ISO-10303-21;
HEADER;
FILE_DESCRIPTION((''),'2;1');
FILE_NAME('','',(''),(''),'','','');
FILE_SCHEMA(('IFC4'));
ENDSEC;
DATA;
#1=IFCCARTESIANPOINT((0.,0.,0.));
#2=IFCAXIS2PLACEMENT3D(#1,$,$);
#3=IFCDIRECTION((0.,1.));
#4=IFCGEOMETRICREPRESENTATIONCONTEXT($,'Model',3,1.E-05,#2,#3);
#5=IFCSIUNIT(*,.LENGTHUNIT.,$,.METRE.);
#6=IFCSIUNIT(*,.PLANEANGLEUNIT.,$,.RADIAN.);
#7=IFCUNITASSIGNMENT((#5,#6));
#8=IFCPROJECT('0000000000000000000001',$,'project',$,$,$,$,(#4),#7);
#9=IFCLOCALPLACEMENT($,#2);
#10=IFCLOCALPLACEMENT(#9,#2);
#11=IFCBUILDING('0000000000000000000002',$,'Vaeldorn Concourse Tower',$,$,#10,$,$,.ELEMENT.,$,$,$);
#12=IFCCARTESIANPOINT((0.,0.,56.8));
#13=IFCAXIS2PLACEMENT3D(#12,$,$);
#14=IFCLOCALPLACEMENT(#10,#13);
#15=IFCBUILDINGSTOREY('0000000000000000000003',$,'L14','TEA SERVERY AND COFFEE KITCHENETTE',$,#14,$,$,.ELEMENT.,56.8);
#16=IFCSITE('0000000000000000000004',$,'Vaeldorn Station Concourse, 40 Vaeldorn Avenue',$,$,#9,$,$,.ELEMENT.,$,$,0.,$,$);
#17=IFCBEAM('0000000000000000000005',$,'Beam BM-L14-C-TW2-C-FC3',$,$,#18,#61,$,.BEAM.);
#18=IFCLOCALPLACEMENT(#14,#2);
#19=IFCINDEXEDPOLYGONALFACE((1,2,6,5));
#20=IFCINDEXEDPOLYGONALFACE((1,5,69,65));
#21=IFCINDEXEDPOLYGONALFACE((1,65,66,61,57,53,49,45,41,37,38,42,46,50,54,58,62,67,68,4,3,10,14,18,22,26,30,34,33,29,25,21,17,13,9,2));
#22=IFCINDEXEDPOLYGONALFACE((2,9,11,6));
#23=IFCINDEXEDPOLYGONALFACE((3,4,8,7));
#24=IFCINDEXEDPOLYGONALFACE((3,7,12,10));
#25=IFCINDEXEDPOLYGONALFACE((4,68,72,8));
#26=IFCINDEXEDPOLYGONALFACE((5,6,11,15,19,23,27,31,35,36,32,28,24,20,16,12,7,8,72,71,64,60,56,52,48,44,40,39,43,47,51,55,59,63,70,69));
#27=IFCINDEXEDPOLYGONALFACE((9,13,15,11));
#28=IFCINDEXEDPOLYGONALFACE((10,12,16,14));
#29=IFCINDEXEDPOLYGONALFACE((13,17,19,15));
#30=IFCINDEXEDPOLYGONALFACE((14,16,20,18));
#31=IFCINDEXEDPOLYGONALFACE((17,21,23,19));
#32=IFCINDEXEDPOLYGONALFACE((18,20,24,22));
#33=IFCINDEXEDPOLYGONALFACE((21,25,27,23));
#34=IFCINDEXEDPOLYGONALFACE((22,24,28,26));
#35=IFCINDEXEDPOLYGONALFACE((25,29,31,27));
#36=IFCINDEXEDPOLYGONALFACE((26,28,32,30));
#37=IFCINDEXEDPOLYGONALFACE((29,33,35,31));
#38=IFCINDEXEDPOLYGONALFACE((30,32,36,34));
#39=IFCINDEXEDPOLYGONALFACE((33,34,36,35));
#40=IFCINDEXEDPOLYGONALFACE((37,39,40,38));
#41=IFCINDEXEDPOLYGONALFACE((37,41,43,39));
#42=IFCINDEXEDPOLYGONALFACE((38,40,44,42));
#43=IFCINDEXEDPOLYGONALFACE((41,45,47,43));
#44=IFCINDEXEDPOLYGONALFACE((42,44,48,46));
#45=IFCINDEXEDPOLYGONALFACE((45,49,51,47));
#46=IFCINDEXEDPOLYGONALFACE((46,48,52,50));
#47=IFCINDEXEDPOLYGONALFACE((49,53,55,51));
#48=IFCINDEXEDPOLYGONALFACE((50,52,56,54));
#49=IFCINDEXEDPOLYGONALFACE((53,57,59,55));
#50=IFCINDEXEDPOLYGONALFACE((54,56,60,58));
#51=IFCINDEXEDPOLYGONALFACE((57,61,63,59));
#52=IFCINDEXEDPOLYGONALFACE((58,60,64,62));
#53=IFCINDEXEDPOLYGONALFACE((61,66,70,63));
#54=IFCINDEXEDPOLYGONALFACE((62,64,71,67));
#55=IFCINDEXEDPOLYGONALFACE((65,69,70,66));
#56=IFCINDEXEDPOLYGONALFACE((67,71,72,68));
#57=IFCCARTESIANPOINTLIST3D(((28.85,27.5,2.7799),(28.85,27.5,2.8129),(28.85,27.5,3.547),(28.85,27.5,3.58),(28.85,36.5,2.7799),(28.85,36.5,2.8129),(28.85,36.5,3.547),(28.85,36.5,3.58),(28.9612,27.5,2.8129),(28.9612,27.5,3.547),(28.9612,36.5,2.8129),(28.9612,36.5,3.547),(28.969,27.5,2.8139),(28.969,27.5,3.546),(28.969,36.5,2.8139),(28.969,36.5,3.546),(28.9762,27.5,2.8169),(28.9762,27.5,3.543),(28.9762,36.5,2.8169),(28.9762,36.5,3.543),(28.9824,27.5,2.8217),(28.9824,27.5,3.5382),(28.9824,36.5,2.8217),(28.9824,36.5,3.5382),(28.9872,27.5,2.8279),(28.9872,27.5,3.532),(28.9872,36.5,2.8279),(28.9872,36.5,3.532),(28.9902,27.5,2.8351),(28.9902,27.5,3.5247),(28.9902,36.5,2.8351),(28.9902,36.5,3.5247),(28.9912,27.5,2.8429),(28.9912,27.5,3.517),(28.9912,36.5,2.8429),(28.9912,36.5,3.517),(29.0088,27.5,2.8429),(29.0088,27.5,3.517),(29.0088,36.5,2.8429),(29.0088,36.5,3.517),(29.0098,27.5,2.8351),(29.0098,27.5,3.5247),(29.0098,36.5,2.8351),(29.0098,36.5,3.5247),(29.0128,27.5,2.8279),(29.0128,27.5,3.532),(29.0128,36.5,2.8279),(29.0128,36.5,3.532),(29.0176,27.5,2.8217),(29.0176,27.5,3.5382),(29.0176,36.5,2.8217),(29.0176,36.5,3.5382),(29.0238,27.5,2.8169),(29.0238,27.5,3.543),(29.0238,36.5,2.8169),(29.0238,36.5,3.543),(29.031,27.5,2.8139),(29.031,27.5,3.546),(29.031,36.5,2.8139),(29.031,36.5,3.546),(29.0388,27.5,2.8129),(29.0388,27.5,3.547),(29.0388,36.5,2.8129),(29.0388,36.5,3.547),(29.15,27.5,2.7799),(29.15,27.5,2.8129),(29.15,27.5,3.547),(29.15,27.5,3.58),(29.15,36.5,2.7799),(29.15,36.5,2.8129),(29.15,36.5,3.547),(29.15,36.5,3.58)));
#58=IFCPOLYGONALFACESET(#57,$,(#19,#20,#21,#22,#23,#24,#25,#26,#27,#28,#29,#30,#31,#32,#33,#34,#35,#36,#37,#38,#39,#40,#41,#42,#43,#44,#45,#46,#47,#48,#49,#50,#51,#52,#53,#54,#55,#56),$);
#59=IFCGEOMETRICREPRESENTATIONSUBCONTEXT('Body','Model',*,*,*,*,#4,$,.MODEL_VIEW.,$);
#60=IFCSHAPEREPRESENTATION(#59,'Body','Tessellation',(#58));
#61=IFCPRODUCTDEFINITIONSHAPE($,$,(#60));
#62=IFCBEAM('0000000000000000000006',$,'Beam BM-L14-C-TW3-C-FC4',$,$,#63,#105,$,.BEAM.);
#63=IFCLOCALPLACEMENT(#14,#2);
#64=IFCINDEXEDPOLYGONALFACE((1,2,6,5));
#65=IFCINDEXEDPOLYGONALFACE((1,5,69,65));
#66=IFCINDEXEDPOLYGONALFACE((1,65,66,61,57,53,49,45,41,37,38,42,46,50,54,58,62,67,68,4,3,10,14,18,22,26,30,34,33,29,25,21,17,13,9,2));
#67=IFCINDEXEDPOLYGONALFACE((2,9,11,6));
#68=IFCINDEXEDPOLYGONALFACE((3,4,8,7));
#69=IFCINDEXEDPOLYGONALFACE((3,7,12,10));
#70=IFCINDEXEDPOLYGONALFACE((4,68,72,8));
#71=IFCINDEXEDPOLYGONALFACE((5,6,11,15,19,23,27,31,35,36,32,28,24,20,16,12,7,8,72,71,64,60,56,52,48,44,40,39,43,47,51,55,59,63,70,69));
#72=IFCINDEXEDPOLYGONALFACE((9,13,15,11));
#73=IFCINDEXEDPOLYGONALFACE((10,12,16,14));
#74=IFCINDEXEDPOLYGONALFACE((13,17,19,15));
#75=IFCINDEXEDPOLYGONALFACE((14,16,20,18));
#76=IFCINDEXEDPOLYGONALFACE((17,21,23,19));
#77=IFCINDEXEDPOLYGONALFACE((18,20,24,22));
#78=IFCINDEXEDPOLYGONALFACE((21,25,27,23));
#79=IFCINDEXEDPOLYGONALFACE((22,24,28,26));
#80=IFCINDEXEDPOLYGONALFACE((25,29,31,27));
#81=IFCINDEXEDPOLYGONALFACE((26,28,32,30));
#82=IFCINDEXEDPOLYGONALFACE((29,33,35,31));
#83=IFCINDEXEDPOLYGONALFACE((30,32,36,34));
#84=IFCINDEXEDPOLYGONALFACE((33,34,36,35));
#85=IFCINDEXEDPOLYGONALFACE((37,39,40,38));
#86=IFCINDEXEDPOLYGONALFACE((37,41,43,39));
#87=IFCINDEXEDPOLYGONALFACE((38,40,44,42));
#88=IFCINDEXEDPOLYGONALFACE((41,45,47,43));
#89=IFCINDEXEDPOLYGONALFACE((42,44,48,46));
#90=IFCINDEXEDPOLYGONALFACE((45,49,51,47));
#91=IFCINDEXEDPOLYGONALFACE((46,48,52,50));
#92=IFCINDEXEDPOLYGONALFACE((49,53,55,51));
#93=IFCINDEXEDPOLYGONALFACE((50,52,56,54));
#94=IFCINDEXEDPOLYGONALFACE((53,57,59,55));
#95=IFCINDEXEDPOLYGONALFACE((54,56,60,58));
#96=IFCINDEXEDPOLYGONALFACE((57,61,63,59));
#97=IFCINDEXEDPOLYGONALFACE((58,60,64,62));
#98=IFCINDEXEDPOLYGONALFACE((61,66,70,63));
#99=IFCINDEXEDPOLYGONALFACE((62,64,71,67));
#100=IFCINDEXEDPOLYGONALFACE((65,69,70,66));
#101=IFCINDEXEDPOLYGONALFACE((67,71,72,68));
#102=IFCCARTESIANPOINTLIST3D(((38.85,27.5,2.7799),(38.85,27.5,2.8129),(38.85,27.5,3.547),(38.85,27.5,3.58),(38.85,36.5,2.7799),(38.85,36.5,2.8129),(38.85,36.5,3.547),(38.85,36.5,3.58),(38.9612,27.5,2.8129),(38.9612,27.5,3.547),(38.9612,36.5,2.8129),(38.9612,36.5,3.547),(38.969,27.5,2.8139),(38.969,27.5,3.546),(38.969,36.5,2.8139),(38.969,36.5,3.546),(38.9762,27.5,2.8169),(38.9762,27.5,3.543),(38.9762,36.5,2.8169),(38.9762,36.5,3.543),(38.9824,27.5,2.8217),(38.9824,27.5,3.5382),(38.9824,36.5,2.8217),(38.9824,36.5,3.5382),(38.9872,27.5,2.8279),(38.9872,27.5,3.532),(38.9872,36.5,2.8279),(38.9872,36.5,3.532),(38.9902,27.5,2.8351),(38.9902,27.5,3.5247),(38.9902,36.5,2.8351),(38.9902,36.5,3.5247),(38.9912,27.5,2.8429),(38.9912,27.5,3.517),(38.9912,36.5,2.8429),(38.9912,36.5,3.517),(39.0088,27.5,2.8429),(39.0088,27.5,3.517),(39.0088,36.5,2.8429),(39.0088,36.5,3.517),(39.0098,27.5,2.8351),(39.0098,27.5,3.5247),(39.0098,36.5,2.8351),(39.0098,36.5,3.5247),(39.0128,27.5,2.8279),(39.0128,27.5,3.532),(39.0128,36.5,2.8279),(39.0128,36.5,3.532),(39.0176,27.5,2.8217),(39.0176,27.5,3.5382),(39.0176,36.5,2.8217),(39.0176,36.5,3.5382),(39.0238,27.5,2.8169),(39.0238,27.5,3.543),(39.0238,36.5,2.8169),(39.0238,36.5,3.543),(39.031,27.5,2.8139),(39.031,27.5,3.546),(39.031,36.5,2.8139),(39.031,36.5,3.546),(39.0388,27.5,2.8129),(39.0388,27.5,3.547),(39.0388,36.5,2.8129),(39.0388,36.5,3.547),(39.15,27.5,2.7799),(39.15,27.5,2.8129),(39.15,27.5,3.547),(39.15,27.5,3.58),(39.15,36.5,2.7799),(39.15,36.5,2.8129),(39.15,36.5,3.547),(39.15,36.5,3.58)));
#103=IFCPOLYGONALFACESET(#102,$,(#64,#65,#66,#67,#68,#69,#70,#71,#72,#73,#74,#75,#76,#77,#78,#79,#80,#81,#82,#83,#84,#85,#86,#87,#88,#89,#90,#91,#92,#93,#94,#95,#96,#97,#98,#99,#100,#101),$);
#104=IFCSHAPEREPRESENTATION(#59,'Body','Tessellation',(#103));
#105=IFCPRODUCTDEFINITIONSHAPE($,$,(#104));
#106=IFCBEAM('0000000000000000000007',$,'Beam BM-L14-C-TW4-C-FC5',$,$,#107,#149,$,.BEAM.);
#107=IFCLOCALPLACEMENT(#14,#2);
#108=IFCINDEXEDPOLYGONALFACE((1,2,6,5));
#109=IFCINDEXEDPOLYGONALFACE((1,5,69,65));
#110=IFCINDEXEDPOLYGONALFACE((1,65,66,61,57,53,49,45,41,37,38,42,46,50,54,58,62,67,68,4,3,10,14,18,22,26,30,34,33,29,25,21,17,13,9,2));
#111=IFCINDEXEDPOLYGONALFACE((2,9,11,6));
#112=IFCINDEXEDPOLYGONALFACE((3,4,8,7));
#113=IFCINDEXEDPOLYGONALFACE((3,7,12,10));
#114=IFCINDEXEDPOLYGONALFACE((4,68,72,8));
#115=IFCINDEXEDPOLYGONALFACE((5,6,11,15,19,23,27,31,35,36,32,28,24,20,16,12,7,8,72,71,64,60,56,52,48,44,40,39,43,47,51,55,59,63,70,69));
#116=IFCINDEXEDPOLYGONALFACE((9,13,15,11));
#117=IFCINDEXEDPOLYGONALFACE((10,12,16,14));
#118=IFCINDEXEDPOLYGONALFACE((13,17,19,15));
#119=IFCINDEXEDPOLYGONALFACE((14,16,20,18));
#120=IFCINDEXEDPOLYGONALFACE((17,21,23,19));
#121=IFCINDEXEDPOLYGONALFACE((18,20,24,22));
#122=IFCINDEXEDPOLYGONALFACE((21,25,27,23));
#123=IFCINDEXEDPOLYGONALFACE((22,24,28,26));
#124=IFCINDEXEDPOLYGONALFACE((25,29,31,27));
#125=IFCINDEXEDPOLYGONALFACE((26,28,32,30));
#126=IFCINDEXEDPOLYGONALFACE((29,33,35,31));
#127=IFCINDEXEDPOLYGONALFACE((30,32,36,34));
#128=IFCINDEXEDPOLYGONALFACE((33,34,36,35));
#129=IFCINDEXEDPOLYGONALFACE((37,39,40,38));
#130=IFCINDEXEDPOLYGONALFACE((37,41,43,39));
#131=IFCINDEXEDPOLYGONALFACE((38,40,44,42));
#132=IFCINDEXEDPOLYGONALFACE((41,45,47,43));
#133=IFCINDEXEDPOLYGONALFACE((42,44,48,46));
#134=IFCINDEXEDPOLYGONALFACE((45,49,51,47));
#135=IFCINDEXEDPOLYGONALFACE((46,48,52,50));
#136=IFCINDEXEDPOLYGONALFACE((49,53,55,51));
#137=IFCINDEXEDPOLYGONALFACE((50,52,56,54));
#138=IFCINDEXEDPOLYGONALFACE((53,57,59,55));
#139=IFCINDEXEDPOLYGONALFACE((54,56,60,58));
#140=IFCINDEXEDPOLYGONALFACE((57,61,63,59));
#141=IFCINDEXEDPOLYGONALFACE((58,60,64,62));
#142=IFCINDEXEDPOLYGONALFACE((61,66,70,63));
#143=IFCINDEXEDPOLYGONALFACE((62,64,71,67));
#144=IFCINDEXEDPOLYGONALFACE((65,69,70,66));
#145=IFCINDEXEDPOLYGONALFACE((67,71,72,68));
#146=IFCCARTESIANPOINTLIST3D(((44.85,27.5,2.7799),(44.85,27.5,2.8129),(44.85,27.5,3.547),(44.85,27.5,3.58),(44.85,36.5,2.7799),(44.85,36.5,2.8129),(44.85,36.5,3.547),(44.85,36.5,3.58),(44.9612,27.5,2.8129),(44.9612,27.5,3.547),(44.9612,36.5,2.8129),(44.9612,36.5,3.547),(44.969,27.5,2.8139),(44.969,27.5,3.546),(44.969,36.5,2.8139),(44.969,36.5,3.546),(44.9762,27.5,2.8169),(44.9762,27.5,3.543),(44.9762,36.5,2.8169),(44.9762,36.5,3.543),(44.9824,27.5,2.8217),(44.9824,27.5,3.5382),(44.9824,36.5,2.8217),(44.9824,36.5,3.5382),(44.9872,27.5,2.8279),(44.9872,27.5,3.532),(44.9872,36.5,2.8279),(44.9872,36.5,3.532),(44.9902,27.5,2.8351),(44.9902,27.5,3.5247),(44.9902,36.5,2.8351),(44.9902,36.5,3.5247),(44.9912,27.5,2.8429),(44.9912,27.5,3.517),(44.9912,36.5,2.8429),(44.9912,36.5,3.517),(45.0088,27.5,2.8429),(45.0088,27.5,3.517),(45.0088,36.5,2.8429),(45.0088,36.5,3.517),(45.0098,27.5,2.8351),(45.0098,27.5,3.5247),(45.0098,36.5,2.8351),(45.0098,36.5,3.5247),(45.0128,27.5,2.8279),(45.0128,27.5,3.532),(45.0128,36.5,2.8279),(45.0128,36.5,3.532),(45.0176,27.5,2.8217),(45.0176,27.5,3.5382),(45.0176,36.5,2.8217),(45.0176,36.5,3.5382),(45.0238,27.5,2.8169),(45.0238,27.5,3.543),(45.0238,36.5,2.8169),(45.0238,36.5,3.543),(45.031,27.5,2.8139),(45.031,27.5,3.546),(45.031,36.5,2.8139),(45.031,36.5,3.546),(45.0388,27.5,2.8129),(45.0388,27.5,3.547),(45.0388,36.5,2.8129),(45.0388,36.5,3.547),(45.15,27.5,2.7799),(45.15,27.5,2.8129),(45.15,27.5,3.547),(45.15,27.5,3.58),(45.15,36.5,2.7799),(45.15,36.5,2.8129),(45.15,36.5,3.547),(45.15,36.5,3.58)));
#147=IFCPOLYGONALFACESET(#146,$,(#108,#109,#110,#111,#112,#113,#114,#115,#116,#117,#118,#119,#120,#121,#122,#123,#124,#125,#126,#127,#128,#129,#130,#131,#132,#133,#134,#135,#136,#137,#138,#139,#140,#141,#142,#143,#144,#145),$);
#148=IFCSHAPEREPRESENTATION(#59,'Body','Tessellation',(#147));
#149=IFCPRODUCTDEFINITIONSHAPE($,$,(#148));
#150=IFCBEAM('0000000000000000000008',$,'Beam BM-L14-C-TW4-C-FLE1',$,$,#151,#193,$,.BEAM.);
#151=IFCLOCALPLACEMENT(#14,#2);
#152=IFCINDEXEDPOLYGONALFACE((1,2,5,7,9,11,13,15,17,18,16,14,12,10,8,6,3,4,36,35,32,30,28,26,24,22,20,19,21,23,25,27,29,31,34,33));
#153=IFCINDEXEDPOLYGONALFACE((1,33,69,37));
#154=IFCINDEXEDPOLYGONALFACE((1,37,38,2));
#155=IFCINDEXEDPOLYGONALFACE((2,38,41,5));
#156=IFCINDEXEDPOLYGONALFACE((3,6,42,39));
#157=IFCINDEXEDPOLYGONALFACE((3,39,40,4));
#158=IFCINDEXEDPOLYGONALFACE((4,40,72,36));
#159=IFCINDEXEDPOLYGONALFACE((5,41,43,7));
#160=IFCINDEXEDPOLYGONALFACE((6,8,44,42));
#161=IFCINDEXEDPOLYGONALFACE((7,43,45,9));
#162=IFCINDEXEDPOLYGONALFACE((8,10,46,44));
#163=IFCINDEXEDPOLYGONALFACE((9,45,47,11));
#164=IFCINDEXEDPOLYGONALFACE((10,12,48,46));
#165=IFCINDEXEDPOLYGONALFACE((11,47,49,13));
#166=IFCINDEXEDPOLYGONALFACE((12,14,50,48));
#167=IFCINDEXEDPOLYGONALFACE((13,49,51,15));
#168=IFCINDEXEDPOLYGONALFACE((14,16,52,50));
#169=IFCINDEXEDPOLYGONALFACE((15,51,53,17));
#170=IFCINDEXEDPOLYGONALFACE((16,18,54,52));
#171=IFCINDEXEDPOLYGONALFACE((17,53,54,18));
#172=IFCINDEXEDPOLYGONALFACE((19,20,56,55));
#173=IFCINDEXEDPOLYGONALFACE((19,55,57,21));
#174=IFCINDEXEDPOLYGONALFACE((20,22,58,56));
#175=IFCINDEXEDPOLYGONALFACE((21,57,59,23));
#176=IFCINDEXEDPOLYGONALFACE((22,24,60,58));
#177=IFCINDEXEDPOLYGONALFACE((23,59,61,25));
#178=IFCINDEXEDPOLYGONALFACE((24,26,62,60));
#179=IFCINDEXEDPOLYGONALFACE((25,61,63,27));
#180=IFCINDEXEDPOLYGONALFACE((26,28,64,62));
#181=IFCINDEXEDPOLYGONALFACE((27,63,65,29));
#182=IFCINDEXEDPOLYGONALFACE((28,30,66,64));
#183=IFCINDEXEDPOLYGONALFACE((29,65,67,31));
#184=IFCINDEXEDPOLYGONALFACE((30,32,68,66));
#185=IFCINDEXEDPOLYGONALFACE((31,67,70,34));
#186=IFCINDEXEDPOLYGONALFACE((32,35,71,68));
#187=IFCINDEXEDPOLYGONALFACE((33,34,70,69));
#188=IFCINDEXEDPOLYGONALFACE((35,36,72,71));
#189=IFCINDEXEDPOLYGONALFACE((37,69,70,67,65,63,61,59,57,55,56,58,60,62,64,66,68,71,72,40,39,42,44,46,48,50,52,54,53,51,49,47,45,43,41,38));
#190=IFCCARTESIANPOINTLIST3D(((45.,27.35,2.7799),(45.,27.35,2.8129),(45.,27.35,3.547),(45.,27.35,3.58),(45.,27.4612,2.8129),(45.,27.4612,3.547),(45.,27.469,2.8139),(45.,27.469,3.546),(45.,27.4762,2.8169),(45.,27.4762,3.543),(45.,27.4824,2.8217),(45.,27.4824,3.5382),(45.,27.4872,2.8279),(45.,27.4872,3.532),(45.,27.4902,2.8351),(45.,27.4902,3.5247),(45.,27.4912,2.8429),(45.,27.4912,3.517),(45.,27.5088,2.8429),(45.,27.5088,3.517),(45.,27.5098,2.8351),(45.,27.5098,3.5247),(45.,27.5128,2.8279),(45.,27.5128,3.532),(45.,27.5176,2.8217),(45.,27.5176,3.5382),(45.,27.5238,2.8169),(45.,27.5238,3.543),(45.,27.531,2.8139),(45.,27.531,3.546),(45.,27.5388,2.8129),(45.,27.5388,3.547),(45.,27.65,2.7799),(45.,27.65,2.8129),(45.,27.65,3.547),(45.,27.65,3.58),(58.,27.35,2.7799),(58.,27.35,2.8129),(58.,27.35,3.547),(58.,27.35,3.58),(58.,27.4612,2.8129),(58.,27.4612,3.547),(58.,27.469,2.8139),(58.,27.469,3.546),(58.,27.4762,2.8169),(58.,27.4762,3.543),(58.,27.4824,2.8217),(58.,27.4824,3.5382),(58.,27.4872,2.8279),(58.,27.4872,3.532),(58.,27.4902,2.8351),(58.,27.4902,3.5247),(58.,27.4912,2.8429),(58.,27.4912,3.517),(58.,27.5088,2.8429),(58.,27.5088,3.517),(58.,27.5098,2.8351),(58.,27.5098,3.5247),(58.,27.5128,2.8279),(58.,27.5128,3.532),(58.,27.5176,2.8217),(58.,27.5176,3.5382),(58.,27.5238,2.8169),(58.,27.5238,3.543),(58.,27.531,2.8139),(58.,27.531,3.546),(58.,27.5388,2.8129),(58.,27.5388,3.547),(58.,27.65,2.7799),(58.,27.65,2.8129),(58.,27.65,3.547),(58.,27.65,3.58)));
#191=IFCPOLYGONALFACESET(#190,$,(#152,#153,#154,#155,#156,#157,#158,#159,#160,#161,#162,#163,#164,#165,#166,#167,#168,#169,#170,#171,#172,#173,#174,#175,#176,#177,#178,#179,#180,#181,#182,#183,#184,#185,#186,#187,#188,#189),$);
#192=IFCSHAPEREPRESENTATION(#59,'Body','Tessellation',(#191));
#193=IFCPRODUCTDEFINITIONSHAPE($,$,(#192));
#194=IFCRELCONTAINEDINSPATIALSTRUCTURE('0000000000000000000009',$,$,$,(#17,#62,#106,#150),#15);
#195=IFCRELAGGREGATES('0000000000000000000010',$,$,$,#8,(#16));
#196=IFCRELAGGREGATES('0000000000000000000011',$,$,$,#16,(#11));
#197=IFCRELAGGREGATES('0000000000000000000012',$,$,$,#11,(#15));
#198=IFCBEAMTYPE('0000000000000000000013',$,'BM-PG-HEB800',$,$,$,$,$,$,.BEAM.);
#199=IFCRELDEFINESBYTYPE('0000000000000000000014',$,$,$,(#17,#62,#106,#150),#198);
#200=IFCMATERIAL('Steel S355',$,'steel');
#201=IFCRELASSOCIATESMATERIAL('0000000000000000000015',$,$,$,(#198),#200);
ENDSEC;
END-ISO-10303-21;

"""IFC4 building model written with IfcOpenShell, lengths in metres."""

from ifc_helpers import new_model, si_unit, direction, frame, origin, origin_2d, place, context, subcontext, project, spatial, i_section, extrude, source, transform, mapped, material, material_profile, profile_set, type_object, element, save


model = new_model("IFC4")

# Units and contexts
model_context = context("Model", 3, precision=1e-05, world=origin(), true_north=direction((0.0, 1.0)))
body_context = subcontext(model_context, "Body", "Model", "MODEL_VIEW")
ifc_project = project(units=[si_unit("LENGTHUNIT", "METRE"), si_unit("PLANEANGLEUNIT", "RADIAN")], contexts=[model_context])

# Site, building, storey
site_placement = place(None, origin())
site = spatial("IfcSite", under=ifc_project, at=site_placement, Name="Vaeldorn Station Concourse, 40 Vaeldorn Avenue", CompositionType="ELEMENT", RefElevation=0.0)
building_placement = place(site_placement, origin())
building = spatial("IfcBuilding", under=site, at=building_placement, Name="Vaeldorn Concourse Tower", CompositionType="ELEMENT")
storey_placement = place(building_placement, frame((0.0, 0.0, 56.8)))
storey = spatial("IfcBuildingStorey", under=building, at=storey_placement, Name="L14", Description="TEA SERVERY AND COFFEE KITCHENETTE", CompositionType="ELEMENT", Elevation=56.8)

# Beams
ifc_material_1 = material(Name="Steel S355", Category="steel")
ifc_material_profile_1 = material_profile(ifc_material_1, i_section(OverallWidth=0.3, OverallDepth=0.8, WebThickness=0.0176, FlangeThickness=0.033, FilletRadius=0.03, at=origin_2d()), Name="HEB 800")
ifc_profile_set_1 = profile_set([ifc_material_profile_1], Name="Steel S355")
beam_type_1 = type_object("IfcBeamType", Name="BM-PG-HEB800", PredefinedType="BEAM", material=ifc_profile_set_1)
shared_shape_1 = source(origin(), body_context, "Body", "SweptSolid", [
    extrude(i_section(OverallWidth=0.3, OverallDepth=0.8, WebThickness=0.0176, FlangeThickness=0.033, FilletRadius=0.03, at=origin_2d()), origin(), (0.0, 0.0, 1.0), 9.0),
])
for number, where, z_axis, x_axis, name in (
    (1, (29.0, 27.5, 3.1799), (0.0, 1.0, 0.0), (-1.0, 0.0, 0.0), "Beam BM-L14-C-TW2-C-FC3"),
    (2, (39.0, 27.5, 3.1799), (0.0, 1.0, 0.0), (-1.0, 0.0, 0.0), "Beam BM-L14-C-TW3-C-FC4"),
    (3, (45.0, 27.5, 3.1799), (0.0, 1.0, 0.0), (-1.0, 0.0, 0.0), "Beam BM-L14-C-TW4-C-FC5"),
):
    element("IfcBeam", number, at=place(storey_placement, frame(where, z_axis=z_axis, x_axis=x_axis)), inside=storey, type_object=beam_type_1, Name=name, PredefinedType="BEAM", context=body_context, shape_type="MappedRepresentation", body=[
        mapped(shared_shape_1, transform((0.0, 0.0, 0.0), scale=1.0)),
    ])
shared_shape_2 = source(origin(), body_context, "Body", "SweptSolid", [
    extrude(i_section(OverallWidth=0.3, OverallDepth=0.8, WebThickness=0.0176, FlangeThickness=0.033, FilletRadius=0.03, at=origin_2d()), origin(), (0.0, 0.0, 1.0), 13.0),
])
beam_1_placement = place(storey_placement, frame((45.0, 27.5, 3.1799), z_axis=(1.0, 0.0, 0.0), x_axis=(0.0, 1.0, 0.0)))
element("IfcBeam", 4, at=beam_1_placement, inside=storey, type_object=beam_type_1, Name="Beam BM-L14-C-TW4-C-FLE1", PredefinedType="BEAM", context=body_context, shape_type="MappedRepresentation", body=[
    mapped(shared_shape_2, transform((0.0, 0.0, 0.0), scale=1.0)),
])

save(model, "model.ifc")
